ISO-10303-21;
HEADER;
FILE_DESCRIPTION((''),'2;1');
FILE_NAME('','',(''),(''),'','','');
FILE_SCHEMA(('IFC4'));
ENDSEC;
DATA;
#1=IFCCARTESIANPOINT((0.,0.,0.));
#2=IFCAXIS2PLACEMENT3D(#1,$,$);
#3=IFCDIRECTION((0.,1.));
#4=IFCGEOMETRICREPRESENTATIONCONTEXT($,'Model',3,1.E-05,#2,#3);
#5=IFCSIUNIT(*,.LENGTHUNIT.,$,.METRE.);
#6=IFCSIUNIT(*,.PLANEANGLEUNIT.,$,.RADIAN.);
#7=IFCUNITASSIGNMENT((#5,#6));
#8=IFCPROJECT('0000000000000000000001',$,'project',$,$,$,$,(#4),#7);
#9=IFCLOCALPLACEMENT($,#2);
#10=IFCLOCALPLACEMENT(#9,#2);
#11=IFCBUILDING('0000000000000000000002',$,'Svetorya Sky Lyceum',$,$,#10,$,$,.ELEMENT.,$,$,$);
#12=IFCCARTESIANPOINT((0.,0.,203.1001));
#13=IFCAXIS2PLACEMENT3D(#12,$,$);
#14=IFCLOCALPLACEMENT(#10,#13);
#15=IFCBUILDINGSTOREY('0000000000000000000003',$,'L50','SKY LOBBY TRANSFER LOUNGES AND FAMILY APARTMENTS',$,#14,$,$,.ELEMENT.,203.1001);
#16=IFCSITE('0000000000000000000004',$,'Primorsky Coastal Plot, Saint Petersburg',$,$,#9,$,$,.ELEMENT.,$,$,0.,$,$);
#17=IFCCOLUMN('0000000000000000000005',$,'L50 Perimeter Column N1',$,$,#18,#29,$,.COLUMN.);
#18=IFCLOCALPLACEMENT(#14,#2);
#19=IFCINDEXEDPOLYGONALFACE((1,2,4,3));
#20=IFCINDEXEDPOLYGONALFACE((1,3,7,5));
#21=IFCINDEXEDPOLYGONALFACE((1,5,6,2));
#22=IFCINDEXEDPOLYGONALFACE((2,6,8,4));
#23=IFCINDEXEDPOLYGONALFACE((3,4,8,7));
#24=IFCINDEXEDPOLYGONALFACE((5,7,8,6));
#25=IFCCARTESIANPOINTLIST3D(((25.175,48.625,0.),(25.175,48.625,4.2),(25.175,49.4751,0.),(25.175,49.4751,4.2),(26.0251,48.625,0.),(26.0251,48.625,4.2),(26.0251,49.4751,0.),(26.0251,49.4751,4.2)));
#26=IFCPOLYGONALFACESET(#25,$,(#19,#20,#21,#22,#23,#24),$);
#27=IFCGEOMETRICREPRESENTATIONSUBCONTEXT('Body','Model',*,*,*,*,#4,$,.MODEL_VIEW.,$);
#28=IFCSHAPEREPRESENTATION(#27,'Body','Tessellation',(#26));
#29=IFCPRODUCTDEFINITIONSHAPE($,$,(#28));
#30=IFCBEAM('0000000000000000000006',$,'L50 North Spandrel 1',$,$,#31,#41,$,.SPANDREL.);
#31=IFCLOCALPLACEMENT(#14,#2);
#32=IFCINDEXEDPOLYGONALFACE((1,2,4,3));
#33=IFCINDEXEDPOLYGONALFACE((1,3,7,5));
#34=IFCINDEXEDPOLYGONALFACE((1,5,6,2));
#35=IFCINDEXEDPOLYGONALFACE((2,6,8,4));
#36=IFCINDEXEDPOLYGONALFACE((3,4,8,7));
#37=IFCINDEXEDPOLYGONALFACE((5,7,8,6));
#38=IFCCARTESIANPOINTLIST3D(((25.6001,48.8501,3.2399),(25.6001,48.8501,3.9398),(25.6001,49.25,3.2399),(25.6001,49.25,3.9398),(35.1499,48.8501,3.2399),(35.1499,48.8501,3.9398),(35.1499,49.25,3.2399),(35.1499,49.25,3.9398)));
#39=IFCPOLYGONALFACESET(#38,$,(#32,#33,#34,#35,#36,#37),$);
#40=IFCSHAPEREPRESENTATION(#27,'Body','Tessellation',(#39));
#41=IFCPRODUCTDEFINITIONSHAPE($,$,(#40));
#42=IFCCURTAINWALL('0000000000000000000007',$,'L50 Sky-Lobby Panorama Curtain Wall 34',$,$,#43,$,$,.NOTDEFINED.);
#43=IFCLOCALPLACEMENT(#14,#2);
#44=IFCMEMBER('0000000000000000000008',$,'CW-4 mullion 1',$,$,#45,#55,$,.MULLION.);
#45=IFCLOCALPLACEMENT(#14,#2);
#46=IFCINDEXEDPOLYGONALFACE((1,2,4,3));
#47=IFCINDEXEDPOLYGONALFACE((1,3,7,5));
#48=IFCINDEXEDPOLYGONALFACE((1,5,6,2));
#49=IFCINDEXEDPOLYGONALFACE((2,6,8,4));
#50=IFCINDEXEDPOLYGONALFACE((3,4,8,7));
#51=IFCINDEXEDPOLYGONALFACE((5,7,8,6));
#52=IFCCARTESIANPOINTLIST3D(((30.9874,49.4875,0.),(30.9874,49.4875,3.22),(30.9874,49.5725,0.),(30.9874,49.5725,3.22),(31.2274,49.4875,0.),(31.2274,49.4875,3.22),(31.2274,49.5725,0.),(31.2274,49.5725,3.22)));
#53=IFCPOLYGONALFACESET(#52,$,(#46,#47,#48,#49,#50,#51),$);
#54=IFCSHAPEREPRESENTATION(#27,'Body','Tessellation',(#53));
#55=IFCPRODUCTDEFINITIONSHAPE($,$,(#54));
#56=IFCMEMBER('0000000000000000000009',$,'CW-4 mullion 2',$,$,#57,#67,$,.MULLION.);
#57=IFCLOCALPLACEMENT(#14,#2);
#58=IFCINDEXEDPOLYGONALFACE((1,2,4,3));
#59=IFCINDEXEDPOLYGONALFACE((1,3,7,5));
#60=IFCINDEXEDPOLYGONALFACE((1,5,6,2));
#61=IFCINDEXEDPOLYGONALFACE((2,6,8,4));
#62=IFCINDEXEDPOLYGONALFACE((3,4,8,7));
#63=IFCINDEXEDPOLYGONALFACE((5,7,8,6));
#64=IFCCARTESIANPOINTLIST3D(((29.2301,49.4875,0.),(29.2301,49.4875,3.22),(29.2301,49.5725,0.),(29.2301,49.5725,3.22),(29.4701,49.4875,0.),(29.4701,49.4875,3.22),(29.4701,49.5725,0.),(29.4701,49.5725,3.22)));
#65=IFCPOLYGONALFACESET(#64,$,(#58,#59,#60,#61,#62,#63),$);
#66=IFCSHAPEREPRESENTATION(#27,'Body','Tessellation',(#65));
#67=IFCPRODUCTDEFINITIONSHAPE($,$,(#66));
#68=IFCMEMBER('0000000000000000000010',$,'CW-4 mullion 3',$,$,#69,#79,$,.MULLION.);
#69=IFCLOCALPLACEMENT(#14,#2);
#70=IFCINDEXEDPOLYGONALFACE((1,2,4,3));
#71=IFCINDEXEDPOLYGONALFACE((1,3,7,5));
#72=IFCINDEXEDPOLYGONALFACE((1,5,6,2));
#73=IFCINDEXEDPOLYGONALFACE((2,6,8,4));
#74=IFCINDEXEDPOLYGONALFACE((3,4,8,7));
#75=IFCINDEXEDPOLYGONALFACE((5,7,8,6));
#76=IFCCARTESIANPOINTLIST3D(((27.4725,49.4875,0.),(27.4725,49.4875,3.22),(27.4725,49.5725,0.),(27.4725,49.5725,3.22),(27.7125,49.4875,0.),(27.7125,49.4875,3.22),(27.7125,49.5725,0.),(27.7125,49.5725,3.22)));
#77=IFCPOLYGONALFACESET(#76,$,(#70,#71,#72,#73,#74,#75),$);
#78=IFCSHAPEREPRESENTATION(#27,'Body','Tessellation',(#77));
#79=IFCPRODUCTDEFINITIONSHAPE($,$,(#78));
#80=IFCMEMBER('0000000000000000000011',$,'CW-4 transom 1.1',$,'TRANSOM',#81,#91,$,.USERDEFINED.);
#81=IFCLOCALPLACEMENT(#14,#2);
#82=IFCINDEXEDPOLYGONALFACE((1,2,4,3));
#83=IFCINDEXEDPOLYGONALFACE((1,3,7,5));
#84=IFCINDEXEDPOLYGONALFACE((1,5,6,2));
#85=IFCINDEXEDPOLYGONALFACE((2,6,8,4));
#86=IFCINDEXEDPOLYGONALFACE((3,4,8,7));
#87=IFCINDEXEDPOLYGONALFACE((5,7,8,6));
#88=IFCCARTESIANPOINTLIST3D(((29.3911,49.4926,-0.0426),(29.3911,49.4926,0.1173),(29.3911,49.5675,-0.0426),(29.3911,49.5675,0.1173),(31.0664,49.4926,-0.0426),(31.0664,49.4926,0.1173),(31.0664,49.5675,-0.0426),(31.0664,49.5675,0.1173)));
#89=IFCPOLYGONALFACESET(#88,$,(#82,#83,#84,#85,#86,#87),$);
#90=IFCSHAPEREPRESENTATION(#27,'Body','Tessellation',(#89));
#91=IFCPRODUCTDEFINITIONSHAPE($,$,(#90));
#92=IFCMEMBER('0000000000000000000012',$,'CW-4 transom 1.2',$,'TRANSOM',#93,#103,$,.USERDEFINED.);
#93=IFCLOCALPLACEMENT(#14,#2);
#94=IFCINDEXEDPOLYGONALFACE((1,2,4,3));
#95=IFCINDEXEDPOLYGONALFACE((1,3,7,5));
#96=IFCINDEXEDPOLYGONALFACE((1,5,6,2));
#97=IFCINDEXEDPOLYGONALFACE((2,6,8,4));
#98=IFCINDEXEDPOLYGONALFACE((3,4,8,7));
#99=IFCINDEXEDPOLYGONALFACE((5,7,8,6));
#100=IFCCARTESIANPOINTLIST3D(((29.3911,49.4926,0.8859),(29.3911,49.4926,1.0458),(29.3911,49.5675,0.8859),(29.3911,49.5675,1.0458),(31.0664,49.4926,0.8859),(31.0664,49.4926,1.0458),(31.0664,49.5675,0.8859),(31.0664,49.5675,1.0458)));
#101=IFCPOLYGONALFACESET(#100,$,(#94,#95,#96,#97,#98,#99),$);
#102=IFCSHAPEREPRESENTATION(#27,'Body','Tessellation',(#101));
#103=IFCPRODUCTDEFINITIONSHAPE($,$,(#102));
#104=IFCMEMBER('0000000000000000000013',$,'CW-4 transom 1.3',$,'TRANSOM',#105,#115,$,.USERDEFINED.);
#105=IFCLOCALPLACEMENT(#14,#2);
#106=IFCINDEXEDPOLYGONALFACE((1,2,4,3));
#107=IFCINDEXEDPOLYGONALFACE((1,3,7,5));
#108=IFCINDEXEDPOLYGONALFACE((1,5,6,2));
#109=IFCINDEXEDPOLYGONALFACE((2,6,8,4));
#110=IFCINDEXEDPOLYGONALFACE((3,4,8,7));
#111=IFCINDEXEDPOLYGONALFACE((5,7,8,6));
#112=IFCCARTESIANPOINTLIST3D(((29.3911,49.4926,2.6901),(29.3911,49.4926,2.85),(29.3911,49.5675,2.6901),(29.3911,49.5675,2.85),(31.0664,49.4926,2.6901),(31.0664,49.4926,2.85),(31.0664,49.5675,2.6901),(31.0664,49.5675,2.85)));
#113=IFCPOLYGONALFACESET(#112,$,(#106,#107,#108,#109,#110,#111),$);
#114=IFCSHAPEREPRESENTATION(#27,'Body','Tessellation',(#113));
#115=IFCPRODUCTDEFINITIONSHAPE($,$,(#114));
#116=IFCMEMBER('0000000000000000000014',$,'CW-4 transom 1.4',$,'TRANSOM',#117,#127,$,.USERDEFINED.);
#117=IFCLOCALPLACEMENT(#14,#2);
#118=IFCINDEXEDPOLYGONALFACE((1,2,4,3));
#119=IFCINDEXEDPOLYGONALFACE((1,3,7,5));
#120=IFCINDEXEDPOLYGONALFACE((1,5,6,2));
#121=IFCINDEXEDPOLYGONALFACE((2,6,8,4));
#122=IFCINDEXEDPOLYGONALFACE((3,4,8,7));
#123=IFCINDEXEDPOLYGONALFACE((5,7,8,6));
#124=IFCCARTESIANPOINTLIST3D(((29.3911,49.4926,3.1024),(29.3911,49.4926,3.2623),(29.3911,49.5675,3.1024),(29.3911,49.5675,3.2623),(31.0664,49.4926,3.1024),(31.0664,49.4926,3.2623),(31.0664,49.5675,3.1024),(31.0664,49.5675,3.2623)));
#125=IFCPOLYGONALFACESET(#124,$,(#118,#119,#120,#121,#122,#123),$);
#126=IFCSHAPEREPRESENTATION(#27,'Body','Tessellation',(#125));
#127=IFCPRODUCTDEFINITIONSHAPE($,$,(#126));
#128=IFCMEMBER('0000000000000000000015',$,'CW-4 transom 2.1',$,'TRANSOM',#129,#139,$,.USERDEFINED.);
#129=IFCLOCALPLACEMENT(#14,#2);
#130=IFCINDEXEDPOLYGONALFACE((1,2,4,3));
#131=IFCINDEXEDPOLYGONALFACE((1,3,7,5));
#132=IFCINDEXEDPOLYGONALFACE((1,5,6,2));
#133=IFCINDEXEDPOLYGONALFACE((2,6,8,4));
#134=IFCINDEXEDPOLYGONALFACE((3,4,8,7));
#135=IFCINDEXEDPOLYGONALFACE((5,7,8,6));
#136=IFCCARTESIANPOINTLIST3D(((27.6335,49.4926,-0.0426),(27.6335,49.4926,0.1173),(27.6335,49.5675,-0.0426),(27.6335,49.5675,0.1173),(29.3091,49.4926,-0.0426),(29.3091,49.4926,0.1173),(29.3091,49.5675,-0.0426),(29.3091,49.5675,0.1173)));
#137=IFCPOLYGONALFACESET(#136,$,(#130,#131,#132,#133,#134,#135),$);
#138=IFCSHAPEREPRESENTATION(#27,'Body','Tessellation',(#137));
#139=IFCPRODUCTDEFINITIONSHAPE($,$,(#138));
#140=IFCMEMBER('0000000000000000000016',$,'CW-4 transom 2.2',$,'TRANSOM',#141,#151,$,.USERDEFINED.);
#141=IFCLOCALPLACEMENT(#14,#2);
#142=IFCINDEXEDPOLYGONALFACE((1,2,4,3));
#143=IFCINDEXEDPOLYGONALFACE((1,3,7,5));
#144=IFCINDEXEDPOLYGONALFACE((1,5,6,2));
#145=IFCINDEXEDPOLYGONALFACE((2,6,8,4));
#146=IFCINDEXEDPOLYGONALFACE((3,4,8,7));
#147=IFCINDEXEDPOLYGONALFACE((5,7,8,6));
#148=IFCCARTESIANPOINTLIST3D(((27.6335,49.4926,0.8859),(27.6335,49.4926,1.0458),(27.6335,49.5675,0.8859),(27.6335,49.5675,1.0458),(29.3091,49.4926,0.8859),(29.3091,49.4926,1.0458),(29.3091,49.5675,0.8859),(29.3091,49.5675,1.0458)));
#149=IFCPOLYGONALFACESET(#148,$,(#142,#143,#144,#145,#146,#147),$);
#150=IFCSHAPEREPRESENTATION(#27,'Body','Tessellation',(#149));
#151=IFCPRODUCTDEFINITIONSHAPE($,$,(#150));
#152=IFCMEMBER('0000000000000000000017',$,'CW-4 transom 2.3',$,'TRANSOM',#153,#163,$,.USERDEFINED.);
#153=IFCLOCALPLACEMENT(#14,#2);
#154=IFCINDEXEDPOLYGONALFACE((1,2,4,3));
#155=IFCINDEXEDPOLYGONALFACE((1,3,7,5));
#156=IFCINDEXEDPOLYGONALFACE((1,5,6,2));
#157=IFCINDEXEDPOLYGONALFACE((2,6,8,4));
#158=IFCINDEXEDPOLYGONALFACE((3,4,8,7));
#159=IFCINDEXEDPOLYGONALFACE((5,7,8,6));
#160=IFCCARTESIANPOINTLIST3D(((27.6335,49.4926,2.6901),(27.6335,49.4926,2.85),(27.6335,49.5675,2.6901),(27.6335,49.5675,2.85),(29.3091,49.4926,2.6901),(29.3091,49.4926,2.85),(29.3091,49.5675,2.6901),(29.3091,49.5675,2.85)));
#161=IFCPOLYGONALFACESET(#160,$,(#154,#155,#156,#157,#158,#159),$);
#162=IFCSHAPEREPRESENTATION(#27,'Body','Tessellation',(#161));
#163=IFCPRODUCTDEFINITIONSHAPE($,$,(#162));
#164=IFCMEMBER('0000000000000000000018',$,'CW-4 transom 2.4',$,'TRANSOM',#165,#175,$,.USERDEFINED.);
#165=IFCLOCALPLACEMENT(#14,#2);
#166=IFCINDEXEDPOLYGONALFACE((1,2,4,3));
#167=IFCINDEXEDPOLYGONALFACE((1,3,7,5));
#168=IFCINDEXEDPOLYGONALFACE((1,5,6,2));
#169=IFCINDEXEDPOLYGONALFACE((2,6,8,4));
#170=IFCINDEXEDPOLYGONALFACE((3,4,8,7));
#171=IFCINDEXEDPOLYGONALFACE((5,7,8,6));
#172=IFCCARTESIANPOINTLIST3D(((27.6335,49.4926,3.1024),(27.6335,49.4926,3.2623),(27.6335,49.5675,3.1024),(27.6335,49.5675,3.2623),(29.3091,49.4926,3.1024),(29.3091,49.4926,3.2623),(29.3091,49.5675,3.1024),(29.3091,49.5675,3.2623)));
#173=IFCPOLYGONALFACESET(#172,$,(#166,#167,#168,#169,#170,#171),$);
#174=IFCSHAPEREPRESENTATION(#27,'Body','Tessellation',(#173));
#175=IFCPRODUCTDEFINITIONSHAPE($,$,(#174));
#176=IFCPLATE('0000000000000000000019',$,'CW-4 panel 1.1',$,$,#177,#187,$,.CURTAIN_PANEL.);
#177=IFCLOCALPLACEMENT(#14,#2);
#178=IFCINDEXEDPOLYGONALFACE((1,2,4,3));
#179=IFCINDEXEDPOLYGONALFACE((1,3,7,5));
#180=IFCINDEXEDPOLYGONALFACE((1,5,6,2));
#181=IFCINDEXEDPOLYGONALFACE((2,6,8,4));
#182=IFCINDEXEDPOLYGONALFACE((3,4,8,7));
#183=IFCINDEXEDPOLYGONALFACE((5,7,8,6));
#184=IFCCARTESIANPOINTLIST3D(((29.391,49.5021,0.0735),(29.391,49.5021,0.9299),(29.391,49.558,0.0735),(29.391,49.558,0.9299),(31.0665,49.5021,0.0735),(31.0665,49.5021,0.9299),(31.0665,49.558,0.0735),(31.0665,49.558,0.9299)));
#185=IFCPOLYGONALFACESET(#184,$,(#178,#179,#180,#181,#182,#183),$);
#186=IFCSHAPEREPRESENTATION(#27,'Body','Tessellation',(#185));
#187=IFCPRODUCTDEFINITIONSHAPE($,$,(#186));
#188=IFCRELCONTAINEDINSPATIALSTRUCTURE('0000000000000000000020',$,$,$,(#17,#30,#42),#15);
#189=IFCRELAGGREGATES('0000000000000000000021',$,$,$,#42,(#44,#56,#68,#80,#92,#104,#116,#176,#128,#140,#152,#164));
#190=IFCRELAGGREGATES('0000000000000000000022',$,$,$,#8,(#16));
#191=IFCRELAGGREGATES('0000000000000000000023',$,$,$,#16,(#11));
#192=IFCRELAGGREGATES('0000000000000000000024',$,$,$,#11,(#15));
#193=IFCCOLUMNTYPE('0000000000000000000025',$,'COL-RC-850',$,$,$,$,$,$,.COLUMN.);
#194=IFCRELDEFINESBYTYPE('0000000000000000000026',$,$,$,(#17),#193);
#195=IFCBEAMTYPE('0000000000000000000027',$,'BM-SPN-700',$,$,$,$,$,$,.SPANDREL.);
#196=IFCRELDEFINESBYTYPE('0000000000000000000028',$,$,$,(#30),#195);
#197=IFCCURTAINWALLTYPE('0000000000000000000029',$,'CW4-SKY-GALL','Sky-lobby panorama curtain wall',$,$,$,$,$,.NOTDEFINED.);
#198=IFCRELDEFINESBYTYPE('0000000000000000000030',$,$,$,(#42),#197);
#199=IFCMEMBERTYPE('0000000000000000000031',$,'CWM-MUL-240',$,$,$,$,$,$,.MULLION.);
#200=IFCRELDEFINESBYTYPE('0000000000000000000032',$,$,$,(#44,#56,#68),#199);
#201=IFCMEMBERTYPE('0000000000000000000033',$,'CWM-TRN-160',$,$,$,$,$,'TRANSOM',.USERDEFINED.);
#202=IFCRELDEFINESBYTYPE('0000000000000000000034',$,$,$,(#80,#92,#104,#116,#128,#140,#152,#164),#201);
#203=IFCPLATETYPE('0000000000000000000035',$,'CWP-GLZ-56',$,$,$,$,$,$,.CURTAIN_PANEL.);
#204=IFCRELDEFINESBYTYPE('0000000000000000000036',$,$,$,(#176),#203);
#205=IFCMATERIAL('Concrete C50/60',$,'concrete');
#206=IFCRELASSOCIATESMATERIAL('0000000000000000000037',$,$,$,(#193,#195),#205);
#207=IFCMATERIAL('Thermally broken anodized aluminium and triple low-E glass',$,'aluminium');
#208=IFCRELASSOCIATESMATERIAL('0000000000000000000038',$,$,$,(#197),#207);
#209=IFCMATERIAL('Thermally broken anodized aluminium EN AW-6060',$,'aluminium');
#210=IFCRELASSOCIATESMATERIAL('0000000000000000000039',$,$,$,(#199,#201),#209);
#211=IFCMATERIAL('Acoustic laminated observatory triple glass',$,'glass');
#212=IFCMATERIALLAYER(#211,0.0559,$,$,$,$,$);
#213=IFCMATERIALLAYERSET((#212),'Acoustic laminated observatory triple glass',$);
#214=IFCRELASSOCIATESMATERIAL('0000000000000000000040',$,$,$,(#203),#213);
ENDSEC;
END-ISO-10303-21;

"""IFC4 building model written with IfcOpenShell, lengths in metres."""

from ifc_helpers import new_model, si_unit, direction, frame, origin, origin_2d, place, context, subcontext, project, spatial, rectangle, extrude, material, layer, layer_set, material_profile, profile_set, type_object, element, aggregate, save


model = new_model("IFC4")

# Units and contexts
model_context = context("Model", 3, precision=1e-05, world=origin(), true_north=direction((0.0, 1.0)))
body_context = subcontext(model_context, "Body", "Model", "MODEL_VIEW")
ifc_project = project(units=[si_unit("LENGTHUNIT", "METRE"), si_unit("PLANEANGLEUNIT", "RADIAN")], contexts=[model_context])

# Site, building, storey
site_placement = place(None, origin())
site = spatial("IfcSite", under=ifc_project, at=site_placement, Name="Primorsky Coastal Plot, Saint Petersburg", CompositionType="ELEMENT", RefElevation=0.0)
building_placement = place(site_placement, origin())
building = spatial("IfcBuilding", under=site, at=building_placement, Name="Svetorya Sky Lyceum", CompositionType="ELEMENT")
storey_placement = place(building_placement, frame((0.0, 0.0, 203.1001)))
storey = spatial("IfcBuildingStorey", under=building, at=storey_placement, Name="L50", Description="SKY LOBBY TRANSFER LOUNGES AND FAMILY APARTMENTS", CompositionType="ELEMENT", Elevation=203.1001)

# Column
ifc_material_1 = material(Name="Concrete C50/60", Category="concrete")
ifc_material_profile_1 = material_profile(ifc_material_1, rectangle(XDim=0.8501, YDim=0.8501, at=origin_2d()), Name="RC COL 850x850")
ifc_profile_set_1 = profile_set([ifc_material_profile_1], Name="Concrete C50/60")
column_type = type_object("IfcColumnType", Name="COL-RC-850", PredefinedType="COLUMN", material=ifc_profile_set_1)
column_placement = place(storey_placement, frame((25.6001, 49.05, 0.0), z_axis=(0.0, 0.0, 1.0), x_axis=(1.0, 0.0, 0.0)))
element("IfcColumn", 1, at=column_placement, inside=storey, type_object=column_type, Name="L50 Perimeter Column N1", PredefinedType="COLUMN", context=body_context, shape_type="SweptSolid", body=[
    extrude(rectangle(XDim=0.8501, YDim=0.8501, at=origin_2d()), origin(), (0.0, 0.0, 1.0), 4.2),
])

# Beam
ifc_material_profile_2 = material_profile(ifc_material_1, rectangle(XDim=0.3999, YDim=0.7, at=origin_2d()), Name="RC SPANDREL 400x700")
ifc_profile_set_2 = profile_set([ifc_material_profile_2], Name="Concrete C50/60")
beam_type = type_object("IfcBeamType", Name="BM-SPN-700", PredefinedType="SPANDREL", material=ifc_profile_set_2)
beam_placement = place(storey_placement, frame((25.6001, 49.05, 3.5898), z_axis=(1.0, 0.0, 0.0), x_axis=(0.0, 1.0, 0.0)))
element("IfcBeam", 2, at=beam_placement, inside=storey, type_object=beam_type, Name="L50 North Spandrel 1", PredefinedType="SPANDREL", context=body_context, shape_type="SweptSolid", body=[
    extrude(rectangle(XDim=0.3999, YDim=0.7, at=origin_2d()), origin(), (0.0, 0.0, 1.0), 9.5498),
])

# Curtain wall, members, plate
ifc_material_2 = material(Name="Thermally broken anodized aluminium and triple low-E glass", Category="aluminium")
curtain_wall_type = type_object("IfcCurtainWallType", Name="CW4-SKY-GALL", Description="Sky-lobby panorama curtain wall", PredefinedType="NOTDEFINED", material=ifc_material_2)
curtain_wall_placement = place(storey_placement, origin())
curtain_wall = element("IfcCurtainWall", 3, at=curtain_wall_placement, inside=storey, type_object=curtain_wall_type, Name="L50 Sky-Lobby Panorama Curtain Wall 34", PredefinedType="NOTDEFINED")
ifc_material_3 = material(Name="Thermally broken anodized aluminium EN AW-6060", Category="aluminium")
ifc_material_profile_3 = material_profile(ifc_material_3, rectangle(XDim=0.085, YDim=0.24, at=origin_2d()), Name="ALU MULLION 85x240")
ifc_profile_set_3 = profile_set([ifc_material_profile_3], Name="Thermally broken anodized aluminium EN AW-6060")
member_type_1 = type_object("IfcMemberType", Name="CWM-MUL-240", PredefinedType="MULLION", material=ifc_profile_set_3)
member_1_placement = place(storey_placement, frame((31.1074, 49.53, 0.0), z_axis=(0.0, 0.0, 1.0), x_axis=(0.0, -1.0, 0.0)))
member_1 = element("IfcMember", 4, at=member_1_placement, type_object=member_type_1, Name="CW-4 mullion 1", PredefinedType="MULLION", context=body_context, shape_type="SweptSolid", body=[
    extrude(rectangle(XDim=0.085, YDim=0.24, at=origin_2d()), origin(), (0.0, 0.0, 1.0), 3.22),
])
member_2_placement = place(storey_placement, frame((29.3501, 49.53, 0.0), z_axis=(0.0, 0.0, 1.0), x_axis=(0.0, -1.0, 0.0)))
member_2 = element("IfcMember", 5, at=member_2_placement, type_object=member_type_1, Name="CW-4 mullion 2", PredefinedType="MULLION", context=body_context, shape_type="SweptSolid", body=[
    extrude(rectangle(XDim=0.085, YDim=0.24, at=origin_2d()), origin(), (0.0, 0.0, 1.0), 3.22),
])
member_3_placement = place(storey_placement, frame((27.5925, 49.53, 0.0), z_axis=(0.0, 0.0, 1.0), x_axis=(0.0, -1.0, 0.0)))
member_3 = element("IfcMember", 6, at=member_3_placement, type_object=member_type_1, Name="CW-4 mullion 3", PredefinedType="MULLION", context=body_context, shape_type="SweptSolid", body=[
    extrude(rectangle(XDim=0.085, YDim=0.24, at=origin_2d()), origin(), (0.0, 0.0, 1.0), 3.22),
])
ifc_material_profile_4 = material_profile(ifc_material_3, rectangle(XDim=0.075, YDim=0.1599, at=origin_2d()), Name="ALU TRANSOM 75x160")
ifc_profile_set_4 = profile_set([ifc_material_profile_4], Name="Thermally broken anodized aluminium EN AW-6060")
member_type_2 = type_object("IfcMemberType", Name="CWM-TRN-160", ElementType="TRANSOM", PredefinedType="USERDEFINED", material=ifc_profile_set_4)
member_4_placement = place(storey_placement, frame((31.0664, 49.53, 0.0374), z_axis=(-1.0, 0.0, 0.0), x_axis=(0.0, -1.0, 0.0)))
member_4 = element("IfcMember", 7, at=member_4_placement, type_object=member_type_2, Name="CW-4 transom 1.1", ObjectType="TRANSOM", PredefinedType="USERDEFINED", context=body_context, shape_type="SweptSolid", body=[
    extrude(rectangle(XDim=0.075, YDim=0.1599, at=origin_2d()), origin(), (0.0, 0.0, 1.0), 1.6753),
])
member_5_placement = place(storey_placement, frame((31.0664, 49.53, 0.9658), z_axis=(-1.0, 0.0, 0.0), x_axis=(0.0, -1.0, 0.0)))
member_5 = element("IfcMember", 8, at=member_5_placement, type_object=member_type_2, Name="CW-4 transom 1.2", ObjectType="TRANSOM", PredefinedType="USERDEFINED", context=body_context, shape_type="SweptSolid", body=[
    extrude(rectangle(XDim=0.075, YDim=0.1599, at=origin_2d()), origin(), (0.0, 0.0, 1.0), 1.6753),
])
member_6_placement = place(storey_placement, frame((31.0664, 49.53, 2.77), z_axis=(-1.0, 0.0, 0.0), x_axis=(0.0, -1.0, 0.0)))
member_6 = element("IfcMember", 9, at=member_6_placement, type_object=member_type_2, Name="CW-4 transom 1.3", ObjectType="TRANSOM", PredefinedType="USERDEFINED", context=body_context, shape_type="SweptSolid", body=[
    extrude(rectangle(XDim=0.075, YDim=0.1599, at=origin_2d()), origin(), (0.0, 0.0, 1.0), 1.6753),
])
member_7_placement = place(storey_placement, frame((31.0664, 49.53, 3.1824), z_axis=(-1.0, 0.0, 0.0), x_axis=(0.0, -1.0, 0.0)))
member_7 = element("IfcMember", 10, at=member_7_placement, type_object=member_type_2, Name="CW-4 transom 1.4", ObjectType="TRANSOM", PredefinedType="USERDEFINED", context=body_context, shape_type="SweptSolid", body=[
    extrude(rectangle(XDim=0.075, YDim=0.1599, at=origin_2d()), origin(), (0.0, 0.0, 1.0), 1.6753),
])
member_8_placement = place(storey_placement, frame((29.3091, 49.53, 0.0374), z_axis=(-1.0, 0.0, 0.0), x_axis=(0.0, -1.0, 0.0)))
member_8 = element("IfcMember", 11, at=member_8_placement, type_object=member_type_2, Name="CW-4 transom 2.1", ObjectType="TRANSOM", PredefinedType="USERDEFINED", context=body_context, shape_type="SweptSolid", body=[
    extrude(rectangle(XDim=0.075, YDim=0.1599, at=origin_2d()), origin(), (0.0, 0.0, 1.0), 1.6755),
])
member_9_placement = place(storey_placement, frame((29.3091, 49.53, 0.9658), z_axis=(-1.0, 0.0, 0.0), x_axis=(0.0, -1.0, 0.0)))
member_9 = element("IfcMember", 12, at=member_9_placement, type_object=member_type_2, Name="CW-4 transom 2.2", ObjectType="TRANSOM", PredefinedType="USERDEFINED", context=body_context, shape_type="SweptSolid", body=[
    extrude(rectangle(XDim=0.075, YDim=0.1599, at=origin_2d()), origin(), (0.0, 0.0, 1.0), 1.6755),
])
member_10_placement = place(storey_placement, frame((29.3091, 49.53, 2.77), z_axis=(-1.0, 0.0, 0.0), x_axis=(0.0, -1.0, 0.0)))
member_10 = element("IfcMember", 13, at=member_10_placement, type_object=member_type_2, Name="CW-4 transom 2.3", ObjectType="TRANSOM", PredefinedType="USERDEFINED", context=body_context, shape_type="SweptSolid", body=[
    extrude(rectangle(XDim=0.075, YDim=0.1599, at=origin_2d()), origin(), (0.0, 0.0, 1.0), 1.6755),
])
member_11_placement = place(storey_placement, frame((29.3091, 49.53, 3.1824), z_axis=(-1.0, 0.0, 0.0), x_axis=(0.0, -1.0, 0.0)))
member_11 = element("IfcMember", 14, at=member_11_placement, type_object=member_type_2, Name="CW-4 transom 2.4", ObjectType="TRANSOM", PredefinedType="USERDEFINED", context=body_context, shape_type="SweptSolid", body=[
    extrude(rectangle(XDim=0.075, YDim=0.1599, at=origin_2d()), origin(), (0.0, 0.0, 1.0), 1.6755),
])
ifc_material_4 = material(Name="Acoustic laminated observatory triple glass", Category="glass")
ifc_layer_1 = layer(ifc_material_4, 0.0559)
ifc_layer_set_1 = layer_set([ifc_layer_1], Name="Acoustic laminated observatory triple glass")
plate_type = type_object("IfcPlateType", Name="CWP-GLZ-56", PredefinedType="CURTAIN_PANEL", material=ifc_layer_set_1)
plate_1_placement = place(storey_placement, frame((30.2288, 49.53, 0.0735), z_axis=(0.0, 0.0, 1.0), x_axis=(-1.0, 0.0, 0.0)))
plate_1 = element("IfcPlate", 15, at=plate_1_placement, type_object=plate_type, Name="CW-4 panel 1.1", PredefinedType="CURTAIN_PANEL", context=body_context, shape_type="SweptSolid", body=[
    extrude(rectangle(XDim=1.6755, YDim=0.0559, at=origin_2d()), origin(), (0.0, 0.0, 1.0), 0.8564),
])
aggregate(curtain_wall, [member_1, member_2, member_3, member_4, member_5, member_6, member_7, plate_1, member_8, member_9, member_10, member_11])

save(model, "model.ifc")
